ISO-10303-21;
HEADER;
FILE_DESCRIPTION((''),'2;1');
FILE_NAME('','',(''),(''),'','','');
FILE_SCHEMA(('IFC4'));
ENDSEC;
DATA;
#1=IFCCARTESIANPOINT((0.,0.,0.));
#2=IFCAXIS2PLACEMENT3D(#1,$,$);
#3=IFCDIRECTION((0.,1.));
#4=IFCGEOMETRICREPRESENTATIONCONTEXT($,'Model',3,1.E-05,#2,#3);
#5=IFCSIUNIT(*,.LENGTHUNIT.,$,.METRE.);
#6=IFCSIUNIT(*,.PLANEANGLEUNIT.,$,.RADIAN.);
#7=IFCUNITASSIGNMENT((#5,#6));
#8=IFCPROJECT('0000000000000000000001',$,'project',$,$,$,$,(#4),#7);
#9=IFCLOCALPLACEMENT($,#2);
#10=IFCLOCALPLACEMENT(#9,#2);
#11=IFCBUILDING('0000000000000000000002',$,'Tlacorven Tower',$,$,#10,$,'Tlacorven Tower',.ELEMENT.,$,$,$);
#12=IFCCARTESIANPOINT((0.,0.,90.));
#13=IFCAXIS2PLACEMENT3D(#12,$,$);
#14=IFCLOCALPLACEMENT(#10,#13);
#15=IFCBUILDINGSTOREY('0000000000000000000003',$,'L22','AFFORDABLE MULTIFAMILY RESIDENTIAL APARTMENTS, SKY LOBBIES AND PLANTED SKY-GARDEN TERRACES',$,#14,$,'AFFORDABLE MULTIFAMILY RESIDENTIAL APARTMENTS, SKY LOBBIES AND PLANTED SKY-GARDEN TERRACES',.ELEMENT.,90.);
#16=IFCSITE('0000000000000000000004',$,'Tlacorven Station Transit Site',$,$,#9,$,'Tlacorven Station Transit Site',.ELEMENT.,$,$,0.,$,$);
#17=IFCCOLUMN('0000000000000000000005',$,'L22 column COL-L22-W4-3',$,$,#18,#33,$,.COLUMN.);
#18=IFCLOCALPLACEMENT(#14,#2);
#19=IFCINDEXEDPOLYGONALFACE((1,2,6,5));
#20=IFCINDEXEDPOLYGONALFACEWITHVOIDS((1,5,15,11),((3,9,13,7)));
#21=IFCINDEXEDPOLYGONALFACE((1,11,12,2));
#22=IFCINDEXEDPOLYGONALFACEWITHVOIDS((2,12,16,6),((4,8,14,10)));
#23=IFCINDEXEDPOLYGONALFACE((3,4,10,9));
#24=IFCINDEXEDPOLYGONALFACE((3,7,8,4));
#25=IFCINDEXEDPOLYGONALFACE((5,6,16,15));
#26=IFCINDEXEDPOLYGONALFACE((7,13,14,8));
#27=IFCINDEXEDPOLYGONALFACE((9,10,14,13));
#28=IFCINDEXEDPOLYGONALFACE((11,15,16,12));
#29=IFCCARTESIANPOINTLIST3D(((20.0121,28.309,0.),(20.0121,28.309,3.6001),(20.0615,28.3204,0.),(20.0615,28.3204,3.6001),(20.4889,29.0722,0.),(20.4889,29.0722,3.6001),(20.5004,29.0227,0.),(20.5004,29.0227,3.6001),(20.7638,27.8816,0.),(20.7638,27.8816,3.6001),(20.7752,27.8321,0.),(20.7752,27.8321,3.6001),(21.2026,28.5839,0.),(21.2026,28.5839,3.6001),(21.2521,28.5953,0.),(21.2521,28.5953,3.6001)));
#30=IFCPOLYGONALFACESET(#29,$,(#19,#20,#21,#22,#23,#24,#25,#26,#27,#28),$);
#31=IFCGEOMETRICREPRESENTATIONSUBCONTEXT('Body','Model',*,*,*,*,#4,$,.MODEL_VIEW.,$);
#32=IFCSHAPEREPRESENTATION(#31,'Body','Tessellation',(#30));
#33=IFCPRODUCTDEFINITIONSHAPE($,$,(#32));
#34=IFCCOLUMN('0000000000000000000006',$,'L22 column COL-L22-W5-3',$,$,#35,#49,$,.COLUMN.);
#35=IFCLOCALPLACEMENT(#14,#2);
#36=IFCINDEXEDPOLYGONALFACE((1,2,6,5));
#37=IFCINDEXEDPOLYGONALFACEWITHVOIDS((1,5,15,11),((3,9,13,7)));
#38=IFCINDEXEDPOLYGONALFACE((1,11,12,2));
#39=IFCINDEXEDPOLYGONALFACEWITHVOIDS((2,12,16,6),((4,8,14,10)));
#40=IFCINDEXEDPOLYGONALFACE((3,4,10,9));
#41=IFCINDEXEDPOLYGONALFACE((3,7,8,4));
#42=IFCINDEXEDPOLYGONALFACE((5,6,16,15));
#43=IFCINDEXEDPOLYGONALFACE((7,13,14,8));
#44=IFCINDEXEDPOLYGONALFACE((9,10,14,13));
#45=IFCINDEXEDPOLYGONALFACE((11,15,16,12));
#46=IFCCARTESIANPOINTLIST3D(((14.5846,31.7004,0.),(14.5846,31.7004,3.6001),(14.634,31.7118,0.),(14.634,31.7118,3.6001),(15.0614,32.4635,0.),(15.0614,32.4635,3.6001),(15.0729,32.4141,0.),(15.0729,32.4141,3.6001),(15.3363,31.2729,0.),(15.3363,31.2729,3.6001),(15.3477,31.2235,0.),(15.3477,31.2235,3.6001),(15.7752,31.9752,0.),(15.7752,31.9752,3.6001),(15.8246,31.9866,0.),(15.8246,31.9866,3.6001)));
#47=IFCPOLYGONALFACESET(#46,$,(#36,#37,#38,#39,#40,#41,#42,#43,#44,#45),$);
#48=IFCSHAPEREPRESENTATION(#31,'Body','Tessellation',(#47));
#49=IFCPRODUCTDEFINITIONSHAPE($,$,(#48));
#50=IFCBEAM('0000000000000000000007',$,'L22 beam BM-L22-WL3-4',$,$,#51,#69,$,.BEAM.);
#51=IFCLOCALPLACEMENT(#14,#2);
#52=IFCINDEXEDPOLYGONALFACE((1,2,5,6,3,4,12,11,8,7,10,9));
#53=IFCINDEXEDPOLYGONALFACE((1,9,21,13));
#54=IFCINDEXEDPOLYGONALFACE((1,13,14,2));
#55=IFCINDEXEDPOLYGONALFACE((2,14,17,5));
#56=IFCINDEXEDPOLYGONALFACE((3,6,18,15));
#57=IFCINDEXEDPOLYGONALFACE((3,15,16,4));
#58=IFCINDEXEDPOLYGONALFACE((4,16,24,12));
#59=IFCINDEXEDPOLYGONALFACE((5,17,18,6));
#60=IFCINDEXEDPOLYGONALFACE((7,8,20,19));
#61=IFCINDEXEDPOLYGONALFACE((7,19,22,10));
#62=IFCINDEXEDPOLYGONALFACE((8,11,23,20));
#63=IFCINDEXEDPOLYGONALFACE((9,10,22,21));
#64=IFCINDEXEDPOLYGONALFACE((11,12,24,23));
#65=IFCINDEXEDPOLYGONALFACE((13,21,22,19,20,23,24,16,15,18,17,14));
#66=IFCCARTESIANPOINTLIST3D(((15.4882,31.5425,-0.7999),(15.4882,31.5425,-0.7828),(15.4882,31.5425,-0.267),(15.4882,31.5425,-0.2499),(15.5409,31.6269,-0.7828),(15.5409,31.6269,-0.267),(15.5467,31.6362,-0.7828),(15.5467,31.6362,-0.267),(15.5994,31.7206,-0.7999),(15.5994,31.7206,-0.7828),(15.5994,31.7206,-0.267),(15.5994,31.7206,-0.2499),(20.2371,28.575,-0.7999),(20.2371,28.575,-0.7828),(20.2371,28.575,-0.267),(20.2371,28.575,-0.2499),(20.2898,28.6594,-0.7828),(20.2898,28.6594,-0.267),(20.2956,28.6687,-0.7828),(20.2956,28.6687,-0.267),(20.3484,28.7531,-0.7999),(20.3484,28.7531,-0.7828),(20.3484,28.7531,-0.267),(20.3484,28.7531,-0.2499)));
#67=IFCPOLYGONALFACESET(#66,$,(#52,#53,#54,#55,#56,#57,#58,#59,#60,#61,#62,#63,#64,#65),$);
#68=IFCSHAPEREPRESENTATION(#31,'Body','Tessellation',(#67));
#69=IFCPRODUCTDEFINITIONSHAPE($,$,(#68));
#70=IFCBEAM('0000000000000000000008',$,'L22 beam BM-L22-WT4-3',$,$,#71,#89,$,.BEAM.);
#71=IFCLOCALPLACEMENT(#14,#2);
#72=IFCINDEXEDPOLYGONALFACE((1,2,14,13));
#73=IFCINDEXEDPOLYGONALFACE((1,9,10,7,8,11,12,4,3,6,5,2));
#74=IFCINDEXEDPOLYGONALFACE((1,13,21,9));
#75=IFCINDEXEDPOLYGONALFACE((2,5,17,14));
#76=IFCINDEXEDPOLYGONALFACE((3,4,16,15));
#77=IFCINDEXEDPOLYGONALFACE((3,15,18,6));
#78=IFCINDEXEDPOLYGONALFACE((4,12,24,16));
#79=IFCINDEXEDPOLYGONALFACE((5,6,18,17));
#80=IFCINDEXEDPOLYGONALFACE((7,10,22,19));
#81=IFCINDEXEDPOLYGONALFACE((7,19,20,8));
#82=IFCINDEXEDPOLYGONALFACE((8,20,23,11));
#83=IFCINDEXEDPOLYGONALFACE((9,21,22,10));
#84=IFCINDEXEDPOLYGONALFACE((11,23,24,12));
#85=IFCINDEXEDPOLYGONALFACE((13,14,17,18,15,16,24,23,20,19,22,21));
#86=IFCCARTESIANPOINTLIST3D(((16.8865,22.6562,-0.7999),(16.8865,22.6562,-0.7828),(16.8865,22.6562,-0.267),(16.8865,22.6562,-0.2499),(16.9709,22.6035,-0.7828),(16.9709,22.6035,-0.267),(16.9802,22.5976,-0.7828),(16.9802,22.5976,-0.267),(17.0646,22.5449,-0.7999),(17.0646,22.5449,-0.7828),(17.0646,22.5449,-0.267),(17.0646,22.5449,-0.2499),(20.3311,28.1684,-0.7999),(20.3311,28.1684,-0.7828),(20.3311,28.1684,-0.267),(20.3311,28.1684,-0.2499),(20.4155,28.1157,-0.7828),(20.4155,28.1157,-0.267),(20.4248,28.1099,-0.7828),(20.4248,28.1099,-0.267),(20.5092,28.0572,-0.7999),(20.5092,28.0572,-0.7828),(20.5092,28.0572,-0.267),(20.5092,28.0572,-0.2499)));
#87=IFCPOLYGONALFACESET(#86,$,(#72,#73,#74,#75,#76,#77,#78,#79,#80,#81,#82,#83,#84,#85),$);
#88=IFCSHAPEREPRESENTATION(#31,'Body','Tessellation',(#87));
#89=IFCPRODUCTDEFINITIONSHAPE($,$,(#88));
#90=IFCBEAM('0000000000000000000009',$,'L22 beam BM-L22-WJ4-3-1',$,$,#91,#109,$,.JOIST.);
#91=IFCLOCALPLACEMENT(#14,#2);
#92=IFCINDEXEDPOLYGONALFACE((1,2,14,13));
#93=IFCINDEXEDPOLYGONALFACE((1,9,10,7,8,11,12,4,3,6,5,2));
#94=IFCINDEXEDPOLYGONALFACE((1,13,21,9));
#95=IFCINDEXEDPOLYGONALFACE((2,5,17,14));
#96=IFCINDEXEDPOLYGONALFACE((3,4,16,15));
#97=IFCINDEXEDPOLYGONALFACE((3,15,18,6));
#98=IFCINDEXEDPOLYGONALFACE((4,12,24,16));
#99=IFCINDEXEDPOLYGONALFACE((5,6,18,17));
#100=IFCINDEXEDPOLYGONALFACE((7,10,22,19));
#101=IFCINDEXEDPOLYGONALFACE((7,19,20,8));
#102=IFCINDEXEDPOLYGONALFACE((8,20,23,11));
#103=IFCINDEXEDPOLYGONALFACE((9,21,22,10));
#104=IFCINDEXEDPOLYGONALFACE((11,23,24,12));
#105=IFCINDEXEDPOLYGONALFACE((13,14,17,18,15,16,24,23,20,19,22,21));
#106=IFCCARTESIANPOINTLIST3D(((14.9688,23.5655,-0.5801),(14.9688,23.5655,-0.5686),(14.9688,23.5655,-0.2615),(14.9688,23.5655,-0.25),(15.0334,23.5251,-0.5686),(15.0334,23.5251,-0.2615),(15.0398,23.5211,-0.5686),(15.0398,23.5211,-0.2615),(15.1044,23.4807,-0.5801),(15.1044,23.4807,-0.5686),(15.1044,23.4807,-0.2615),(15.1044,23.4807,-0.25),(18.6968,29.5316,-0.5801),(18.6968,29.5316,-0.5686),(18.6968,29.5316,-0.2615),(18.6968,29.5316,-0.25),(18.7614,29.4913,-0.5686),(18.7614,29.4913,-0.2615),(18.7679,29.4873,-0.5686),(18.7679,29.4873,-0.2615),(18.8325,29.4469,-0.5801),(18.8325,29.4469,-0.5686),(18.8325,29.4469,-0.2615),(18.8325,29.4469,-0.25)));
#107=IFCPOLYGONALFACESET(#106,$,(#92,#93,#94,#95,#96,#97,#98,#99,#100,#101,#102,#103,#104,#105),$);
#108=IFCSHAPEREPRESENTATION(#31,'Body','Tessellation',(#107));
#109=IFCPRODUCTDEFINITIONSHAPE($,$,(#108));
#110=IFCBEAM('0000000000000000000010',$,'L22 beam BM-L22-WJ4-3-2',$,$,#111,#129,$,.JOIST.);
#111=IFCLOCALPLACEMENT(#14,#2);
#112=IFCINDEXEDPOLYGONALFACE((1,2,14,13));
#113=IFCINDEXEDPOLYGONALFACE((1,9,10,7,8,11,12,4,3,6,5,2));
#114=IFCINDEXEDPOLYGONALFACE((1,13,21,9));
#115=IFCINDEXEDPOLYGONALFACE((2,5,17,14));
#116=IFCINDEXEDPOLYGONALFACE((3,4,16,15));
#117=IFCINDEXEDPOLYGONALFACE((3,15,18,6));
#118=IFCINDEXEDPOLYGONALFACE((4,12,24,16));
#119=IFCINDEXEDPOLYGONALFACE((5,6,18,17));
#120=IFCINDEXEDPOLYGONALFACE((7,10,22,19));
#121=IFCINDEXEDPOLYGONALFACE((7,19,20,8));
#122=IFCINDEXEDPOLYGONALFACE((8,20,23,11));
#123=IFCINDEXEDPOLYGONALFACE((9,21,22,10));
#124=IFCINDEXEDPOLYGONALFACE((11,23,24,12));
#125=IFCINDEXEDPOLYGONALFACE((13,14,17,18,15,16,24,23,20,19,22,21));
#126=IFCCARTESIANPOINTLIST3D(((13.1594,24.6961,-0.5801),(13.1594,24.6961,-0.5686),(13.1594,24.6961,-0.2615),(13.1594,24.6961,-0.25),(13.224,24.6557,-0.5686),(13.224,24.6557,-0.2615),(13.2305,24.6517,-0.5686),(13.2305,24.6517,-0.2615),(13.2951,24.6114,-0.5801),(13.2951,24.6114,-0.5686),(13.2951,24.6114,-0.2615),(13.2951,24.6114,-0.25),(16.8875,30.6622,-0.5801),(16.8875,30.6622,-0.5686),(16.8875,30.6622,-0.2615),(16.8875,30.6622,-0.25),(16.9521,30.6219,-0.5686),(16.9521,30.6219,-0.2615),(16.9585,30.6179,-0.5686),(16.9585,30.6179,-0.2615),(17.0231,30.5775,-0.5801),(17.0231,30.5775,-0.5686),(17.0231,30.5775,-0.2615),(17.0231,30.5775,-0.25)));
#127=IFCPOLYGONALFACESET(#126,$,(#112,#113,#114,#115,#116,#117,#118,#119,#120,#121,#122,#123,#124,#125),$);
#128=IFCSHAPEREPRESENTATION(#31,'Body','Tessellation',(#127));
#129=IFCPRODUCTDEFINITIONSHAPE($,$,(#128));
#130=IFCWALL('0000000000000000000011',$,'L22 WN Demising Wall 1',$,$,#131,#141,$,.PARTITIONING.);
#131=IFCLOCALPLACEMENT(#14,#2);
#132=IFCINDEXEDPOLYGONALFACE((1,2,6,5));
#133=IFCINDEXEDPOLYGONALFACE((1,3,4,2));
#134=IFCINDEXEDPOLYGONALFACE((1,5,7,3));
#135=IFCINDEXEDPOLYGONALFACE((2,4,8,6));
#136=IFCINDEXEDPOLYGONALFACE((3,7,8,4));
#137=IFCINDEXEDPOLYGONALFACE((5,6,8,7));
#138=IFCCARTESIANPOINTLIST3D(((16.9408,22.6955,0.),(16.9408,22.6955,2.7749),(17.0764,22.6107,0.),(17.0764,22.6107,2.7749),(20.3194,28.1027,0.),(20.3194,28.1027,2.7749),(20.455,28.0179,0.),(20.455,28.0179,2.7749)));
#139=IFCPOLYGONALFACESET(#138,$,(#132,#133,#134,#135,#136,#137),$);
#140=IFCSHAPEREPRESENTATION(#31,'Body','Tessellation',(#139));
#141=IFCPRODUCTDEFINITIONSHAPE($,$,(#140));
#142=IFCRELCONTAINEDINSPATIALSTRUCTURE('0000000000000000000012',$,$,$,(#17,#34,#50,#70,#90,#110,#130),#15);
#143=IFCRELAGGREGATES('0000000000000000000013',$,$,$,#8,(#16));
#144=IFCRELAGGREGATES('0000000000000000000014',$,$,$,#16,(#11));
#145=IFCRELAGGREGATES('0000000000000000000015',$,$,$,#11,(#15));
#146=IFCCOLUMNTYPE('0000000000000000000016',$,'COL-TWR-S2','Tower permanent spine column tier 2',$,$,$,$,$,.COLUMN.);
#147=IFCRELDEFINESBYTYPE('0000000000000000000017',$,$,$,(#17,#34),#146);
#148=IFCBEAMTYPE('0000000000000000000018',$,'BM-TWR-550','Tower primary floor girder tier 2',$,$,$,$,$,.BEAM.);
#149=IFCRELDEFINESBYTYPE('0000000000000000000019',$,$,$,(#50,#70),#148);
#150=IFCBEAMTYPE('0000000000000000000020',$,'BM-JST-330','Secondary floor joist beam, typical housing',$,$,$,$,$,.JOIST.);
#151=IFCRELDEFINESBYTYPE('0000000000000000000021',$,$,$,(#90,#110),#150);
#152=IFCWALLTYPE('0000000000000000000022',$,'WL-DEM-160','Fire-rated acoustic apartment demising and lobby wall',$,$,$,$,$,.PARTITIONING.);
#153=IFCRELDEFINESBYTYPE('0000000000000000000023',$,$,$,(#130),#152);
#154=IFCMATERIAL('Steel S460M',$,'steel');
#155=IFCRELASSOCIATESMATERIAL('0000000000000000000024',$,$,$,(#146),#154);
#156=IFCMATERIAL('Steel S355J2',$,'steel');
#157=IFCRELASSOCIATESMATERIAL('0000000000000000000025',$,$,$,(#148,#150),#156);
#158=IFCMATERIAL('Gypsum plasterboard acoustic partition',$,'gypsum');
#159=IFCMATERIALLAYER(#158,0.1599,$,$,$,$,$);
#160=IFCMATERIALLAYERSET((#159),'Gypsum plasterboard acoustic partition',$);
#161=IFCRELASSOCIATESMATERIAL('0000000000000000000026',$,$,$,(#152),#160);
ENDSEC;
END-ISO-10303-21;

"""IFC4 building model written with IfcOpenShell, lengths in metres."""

from ifc_helpers import new_model, si_unit, direction, frame, frame_2d, origin, origin_2d, place, context, subcontext, project, spatial, rectangle, hollow_rectangle, i_section, extrude, source, transform, mapped, material, layer, layer_set, material_profile, profile_set, type_object, element, save


model = new_model("IFC4")

# Units and contexts
model_context = context("Model", 3, precision=1e-05, world=origin(), true_north=direction((0.0, 1.0)))
body_context = subcontext(model_context, "Body", "Model", "MODEL_VIEW")
ifc_project = project(units=[si_unit("LENGTHUNIT", "METRE"), si_unit("PLANEANGLEUNIT", "RADIAN")], contexts=[model_context])

# Site, building, storey
site_placement = place(None, origin())
site = spatial("IfcSite", under=ifc_project, at=site_placement, Name="Tlacorven Station Transit Site", LongName="Tlacorven Station Transit Site", CompositionType="ELEMENT", RefElevation=0.0)
building_placement = place(site_placement, origin())
building = spatial("IfcBuilding", under=site, at=building_placement, Name="Tlacorven Tower", LongName="Tlacorven Tower", CompositionType="ELEMENT")
storey_placement = place(building_placement, frame((0.0, 0.0, 90.0)))
storey = spatial("IfcBuildingStorey", under=building, at=storey_placement, Name="L22", Description="AFFORDABLE MULTIFAMILY RESIDENTIAL APARTMENTS, SKY LOBBIES AND PLANTED SKY-GARDEN TERRACES", LongName="AFFORDABLE MULTIFAMILY RESIDENTIAL APARTMENTS, SKY LOBBIES AND PLANTED SKY-GARDEN TERRACES", CompositionType="ELEMENT", Elevation=90.0)

# Columns
ifc_material_1 = material(Name="Steel S460M", Category="steel")
ifc_material_profile_1 = material_profile(ifc_material_1, hollow_rectangle(XDim=0.8999, YDim=0.8999, WallThickness=0.0359, at=origin_2d()), Name="BOX 900X900X36")
ifc_profile_set_1 = profile_set([ifc_material_profile_1], Name="Steel S460M")
column_type = type_object("IfcColumnType", Name="COL-TWR-S2", Description="Tower permanent spine column tier 2", PredefinedType="COLUMN", material=ifc_profile_set_1)
shared_shape_1 = source(origin(), body_context, "Body", "SweptSolid", [
    extrude(hollow_rectangle(XDim=0.8999, YDim=0.8999, WallThickness=0.0359, at=origin_2d()), origin(), (0.0, 0.0, 1.0), 3.6001),
])
for number, where, z_axis, x_axis, name in (
    (1, (20.6321, 28.4521, 0.0), (0.0, 0.0, 1.0), (-0.848048, 0.529919, 0.0), "L22 column COL-L22-W4-3"),
    (2, (15.2046, 31.8435, 0.0), (0.0, 0.0, 1.0), (-0.848048, 0.529919, 0.0), "L22 column COL-L22-W5-3"),
):
    element("IfcColumn", number, at=place(storey_placement, frame(where, z_axis=z_axis, x_axis=x_axis)), inside=storey, type_object=column_type, Name=name, PredefinedType="COLUMN", context=body_context, shape_type="MappedRepresentation", body=[
        mapped(shared_shape_1, transform((0.0, 0.0, 0.0), scale=1.0)),
    ])

# Beams
ifc_material_2 = material(Name="Steel S355J2", Category="steel")
ifc_material_profile_2 = material_profile(ifc_material_2, i_section(OverallWidth=0.21, OverallDepth=0.55, WebThickness=0.011, FlangeThickness=0.0171, at=origin_2d()), Name="IPE 550")
ifc_profile_set_2 = profile_set([ifc_material_profile_2], Name="Steel S355J2")
beam_type_1 = type_object("IfcBeamType", Name="BM-TWR-550", Description="Tower primary floor girder tier 2", PredefinedType="BEAM", material=ifc_profile_set_2)
shared_shape_2 = source(origin(), body_context, "Body", "SweptSolid", [
    extrude(i_section(OverallWidth=0.21, OverallDepth=0.55, WebThickness=0.011, FlangeThickness=0.0171, at=origin_2d()), origin(), (0.0, 0.0, 1.0), 5.5999),
])
beam_1_placement = place(storey_placement, frame((20.2927, 28.6641, -0.5249), z_axis=(-0.848047, 0.529921, 0.0), x_axis=(-0.529921, -0.848047, 0.0)))
element("IfcBeam", 3, at=beam_1_placement, inside=storey, type_object=beam_type_1, Name="L22 beam BM-L22-WL3-4", PredefinedType="BEAM", context=body_context, shape_type="MappedRepresentation", body=[
    mapped(shared_shape_2, transform((0.0, 0.0, 0.0), scale=1.0)),
])
shared_shape_3 = source(origin(), body_context, "Body", "SweptSolid", [
    extrude(i_section(OverallWidth=0.21, OverallDepth=0.55, WebThickness=0.011, FlangeThickness=0.0171, at=origin_2d()), origin(), (0.0, 0.0, 1.0), 6.5),
])
beam_2_placement = place(storey_placement, frame((20.4202, 28.1128, -0.5249), z_axis=(-0.529938, -0.848036, 0.0), x_axis=(0.848036, -0.529938, 0.0)))
element("IfcBeam", 4, at=beam_2_placement, inside=storey, type_object=beam_type_1, Name="L22 beam BM-L22-WT4-3", PredefinedType="BEAM", context=body_context, shape_type="MappedRepresentation", body=[
    mapped(shared_shape_3, transform((0.0, 0.0, 0.0), scale=1.0)),
])
ifc_material_profile_3 = material_profile(ifc_material_2, i_section(OverallWidth=0.1599, OverallDepth=0.3301, WebThickness=0.0076, FlangeThickness=0.0115, at=origin_2d()), Name="IPE 330")
ifc_profile_set_3 = profile_set([ifc_material_profile_3], Name="Steel S355J2")
beam_type_2 = type_object("IfcBeamType", Name="BM-JST-330", Description="Secondary floor joist beam, typical housing", PredefinedType="JOIST", material=ifc_profile_set_3)
shared_shape_4 = source(origin(), body_context, "Body", "SweptSolid", [
    extrude(i_section(OverallWidth=0.1599, OverallDepth=0.3301, WebThickness=0.0076, FlangeThickness=0.0115, at=origin_2d()), origin(), (0.0, 0.0, 1.0), 7.0352),
])
for number, where, z_axis, x_axis, name in (
    (5, (18.7646, 29.4893, -0.415), (-0.529921, -0.848047, 0.0), (0.848047, -0.529921, 0.0), "L22 beam BM-L22-WJ4-3-1"),
    (6, (16.9553, 30.6199, -0.415), (-0.529921, -0.848047, 0.0), (0.848047, -0.529921, 0.0), "L22 beam BM-L22-WJ4-3-2"),
):
    element("IfcBeam", number, at=place(storey_placement, frame(where, z_axis=z_axis, x_axis=x_axis)), inside=storey, type_object=beam_type_2, Name=name, PredefinedType="JOIST", context=body_context, shape_type="MappedRepresentation", body=[
        mapped(shared_shape_4, transform((0.0, 0.0, 0.0), scale=1.0)),
    ])

# Wall
ifc_material_3 = material(Name="Gypsum plasterboard acoustic partition", Category="gypsum")
ifc_layer_1 = layer(ifc_material_3, 0.1599)
ifc_layer_set_1 = layer_set([ifc_layer_1], Name="Gypsum plasterboard acoustic partition")
wall_type_1 = type_object("IfcWallType", Name="WL-DEM-160", Description="Fire-rated acoustic apartment demising and lobby wall", PredefinedType="PARTITIONING", material=ifc_layer_set_1)
wall_1_placement = place(storey_placement, frame((20.3872, 28.0603, 0.0), z_axis=(0.0, 0.0, 1.0), x_axis=(-0.529903, -0.848059, 0.0)))
element("IfcWall", 7, at=wall_1_placement, inside=storey, type_object=wall_type_1, Name="L22 WN Demising Wall 1", PredefinedType="PARTITIONING", context=body_context, shape_type="SweptSolid", body=[
    extrude(rectangle(XDim=6.376, YDim=0.1599, at=frame_2d((3.188, 0.0))), origin(), (0.0, 0.0, 1.0), 2.7749),
])

save(model, "model.ifc")
